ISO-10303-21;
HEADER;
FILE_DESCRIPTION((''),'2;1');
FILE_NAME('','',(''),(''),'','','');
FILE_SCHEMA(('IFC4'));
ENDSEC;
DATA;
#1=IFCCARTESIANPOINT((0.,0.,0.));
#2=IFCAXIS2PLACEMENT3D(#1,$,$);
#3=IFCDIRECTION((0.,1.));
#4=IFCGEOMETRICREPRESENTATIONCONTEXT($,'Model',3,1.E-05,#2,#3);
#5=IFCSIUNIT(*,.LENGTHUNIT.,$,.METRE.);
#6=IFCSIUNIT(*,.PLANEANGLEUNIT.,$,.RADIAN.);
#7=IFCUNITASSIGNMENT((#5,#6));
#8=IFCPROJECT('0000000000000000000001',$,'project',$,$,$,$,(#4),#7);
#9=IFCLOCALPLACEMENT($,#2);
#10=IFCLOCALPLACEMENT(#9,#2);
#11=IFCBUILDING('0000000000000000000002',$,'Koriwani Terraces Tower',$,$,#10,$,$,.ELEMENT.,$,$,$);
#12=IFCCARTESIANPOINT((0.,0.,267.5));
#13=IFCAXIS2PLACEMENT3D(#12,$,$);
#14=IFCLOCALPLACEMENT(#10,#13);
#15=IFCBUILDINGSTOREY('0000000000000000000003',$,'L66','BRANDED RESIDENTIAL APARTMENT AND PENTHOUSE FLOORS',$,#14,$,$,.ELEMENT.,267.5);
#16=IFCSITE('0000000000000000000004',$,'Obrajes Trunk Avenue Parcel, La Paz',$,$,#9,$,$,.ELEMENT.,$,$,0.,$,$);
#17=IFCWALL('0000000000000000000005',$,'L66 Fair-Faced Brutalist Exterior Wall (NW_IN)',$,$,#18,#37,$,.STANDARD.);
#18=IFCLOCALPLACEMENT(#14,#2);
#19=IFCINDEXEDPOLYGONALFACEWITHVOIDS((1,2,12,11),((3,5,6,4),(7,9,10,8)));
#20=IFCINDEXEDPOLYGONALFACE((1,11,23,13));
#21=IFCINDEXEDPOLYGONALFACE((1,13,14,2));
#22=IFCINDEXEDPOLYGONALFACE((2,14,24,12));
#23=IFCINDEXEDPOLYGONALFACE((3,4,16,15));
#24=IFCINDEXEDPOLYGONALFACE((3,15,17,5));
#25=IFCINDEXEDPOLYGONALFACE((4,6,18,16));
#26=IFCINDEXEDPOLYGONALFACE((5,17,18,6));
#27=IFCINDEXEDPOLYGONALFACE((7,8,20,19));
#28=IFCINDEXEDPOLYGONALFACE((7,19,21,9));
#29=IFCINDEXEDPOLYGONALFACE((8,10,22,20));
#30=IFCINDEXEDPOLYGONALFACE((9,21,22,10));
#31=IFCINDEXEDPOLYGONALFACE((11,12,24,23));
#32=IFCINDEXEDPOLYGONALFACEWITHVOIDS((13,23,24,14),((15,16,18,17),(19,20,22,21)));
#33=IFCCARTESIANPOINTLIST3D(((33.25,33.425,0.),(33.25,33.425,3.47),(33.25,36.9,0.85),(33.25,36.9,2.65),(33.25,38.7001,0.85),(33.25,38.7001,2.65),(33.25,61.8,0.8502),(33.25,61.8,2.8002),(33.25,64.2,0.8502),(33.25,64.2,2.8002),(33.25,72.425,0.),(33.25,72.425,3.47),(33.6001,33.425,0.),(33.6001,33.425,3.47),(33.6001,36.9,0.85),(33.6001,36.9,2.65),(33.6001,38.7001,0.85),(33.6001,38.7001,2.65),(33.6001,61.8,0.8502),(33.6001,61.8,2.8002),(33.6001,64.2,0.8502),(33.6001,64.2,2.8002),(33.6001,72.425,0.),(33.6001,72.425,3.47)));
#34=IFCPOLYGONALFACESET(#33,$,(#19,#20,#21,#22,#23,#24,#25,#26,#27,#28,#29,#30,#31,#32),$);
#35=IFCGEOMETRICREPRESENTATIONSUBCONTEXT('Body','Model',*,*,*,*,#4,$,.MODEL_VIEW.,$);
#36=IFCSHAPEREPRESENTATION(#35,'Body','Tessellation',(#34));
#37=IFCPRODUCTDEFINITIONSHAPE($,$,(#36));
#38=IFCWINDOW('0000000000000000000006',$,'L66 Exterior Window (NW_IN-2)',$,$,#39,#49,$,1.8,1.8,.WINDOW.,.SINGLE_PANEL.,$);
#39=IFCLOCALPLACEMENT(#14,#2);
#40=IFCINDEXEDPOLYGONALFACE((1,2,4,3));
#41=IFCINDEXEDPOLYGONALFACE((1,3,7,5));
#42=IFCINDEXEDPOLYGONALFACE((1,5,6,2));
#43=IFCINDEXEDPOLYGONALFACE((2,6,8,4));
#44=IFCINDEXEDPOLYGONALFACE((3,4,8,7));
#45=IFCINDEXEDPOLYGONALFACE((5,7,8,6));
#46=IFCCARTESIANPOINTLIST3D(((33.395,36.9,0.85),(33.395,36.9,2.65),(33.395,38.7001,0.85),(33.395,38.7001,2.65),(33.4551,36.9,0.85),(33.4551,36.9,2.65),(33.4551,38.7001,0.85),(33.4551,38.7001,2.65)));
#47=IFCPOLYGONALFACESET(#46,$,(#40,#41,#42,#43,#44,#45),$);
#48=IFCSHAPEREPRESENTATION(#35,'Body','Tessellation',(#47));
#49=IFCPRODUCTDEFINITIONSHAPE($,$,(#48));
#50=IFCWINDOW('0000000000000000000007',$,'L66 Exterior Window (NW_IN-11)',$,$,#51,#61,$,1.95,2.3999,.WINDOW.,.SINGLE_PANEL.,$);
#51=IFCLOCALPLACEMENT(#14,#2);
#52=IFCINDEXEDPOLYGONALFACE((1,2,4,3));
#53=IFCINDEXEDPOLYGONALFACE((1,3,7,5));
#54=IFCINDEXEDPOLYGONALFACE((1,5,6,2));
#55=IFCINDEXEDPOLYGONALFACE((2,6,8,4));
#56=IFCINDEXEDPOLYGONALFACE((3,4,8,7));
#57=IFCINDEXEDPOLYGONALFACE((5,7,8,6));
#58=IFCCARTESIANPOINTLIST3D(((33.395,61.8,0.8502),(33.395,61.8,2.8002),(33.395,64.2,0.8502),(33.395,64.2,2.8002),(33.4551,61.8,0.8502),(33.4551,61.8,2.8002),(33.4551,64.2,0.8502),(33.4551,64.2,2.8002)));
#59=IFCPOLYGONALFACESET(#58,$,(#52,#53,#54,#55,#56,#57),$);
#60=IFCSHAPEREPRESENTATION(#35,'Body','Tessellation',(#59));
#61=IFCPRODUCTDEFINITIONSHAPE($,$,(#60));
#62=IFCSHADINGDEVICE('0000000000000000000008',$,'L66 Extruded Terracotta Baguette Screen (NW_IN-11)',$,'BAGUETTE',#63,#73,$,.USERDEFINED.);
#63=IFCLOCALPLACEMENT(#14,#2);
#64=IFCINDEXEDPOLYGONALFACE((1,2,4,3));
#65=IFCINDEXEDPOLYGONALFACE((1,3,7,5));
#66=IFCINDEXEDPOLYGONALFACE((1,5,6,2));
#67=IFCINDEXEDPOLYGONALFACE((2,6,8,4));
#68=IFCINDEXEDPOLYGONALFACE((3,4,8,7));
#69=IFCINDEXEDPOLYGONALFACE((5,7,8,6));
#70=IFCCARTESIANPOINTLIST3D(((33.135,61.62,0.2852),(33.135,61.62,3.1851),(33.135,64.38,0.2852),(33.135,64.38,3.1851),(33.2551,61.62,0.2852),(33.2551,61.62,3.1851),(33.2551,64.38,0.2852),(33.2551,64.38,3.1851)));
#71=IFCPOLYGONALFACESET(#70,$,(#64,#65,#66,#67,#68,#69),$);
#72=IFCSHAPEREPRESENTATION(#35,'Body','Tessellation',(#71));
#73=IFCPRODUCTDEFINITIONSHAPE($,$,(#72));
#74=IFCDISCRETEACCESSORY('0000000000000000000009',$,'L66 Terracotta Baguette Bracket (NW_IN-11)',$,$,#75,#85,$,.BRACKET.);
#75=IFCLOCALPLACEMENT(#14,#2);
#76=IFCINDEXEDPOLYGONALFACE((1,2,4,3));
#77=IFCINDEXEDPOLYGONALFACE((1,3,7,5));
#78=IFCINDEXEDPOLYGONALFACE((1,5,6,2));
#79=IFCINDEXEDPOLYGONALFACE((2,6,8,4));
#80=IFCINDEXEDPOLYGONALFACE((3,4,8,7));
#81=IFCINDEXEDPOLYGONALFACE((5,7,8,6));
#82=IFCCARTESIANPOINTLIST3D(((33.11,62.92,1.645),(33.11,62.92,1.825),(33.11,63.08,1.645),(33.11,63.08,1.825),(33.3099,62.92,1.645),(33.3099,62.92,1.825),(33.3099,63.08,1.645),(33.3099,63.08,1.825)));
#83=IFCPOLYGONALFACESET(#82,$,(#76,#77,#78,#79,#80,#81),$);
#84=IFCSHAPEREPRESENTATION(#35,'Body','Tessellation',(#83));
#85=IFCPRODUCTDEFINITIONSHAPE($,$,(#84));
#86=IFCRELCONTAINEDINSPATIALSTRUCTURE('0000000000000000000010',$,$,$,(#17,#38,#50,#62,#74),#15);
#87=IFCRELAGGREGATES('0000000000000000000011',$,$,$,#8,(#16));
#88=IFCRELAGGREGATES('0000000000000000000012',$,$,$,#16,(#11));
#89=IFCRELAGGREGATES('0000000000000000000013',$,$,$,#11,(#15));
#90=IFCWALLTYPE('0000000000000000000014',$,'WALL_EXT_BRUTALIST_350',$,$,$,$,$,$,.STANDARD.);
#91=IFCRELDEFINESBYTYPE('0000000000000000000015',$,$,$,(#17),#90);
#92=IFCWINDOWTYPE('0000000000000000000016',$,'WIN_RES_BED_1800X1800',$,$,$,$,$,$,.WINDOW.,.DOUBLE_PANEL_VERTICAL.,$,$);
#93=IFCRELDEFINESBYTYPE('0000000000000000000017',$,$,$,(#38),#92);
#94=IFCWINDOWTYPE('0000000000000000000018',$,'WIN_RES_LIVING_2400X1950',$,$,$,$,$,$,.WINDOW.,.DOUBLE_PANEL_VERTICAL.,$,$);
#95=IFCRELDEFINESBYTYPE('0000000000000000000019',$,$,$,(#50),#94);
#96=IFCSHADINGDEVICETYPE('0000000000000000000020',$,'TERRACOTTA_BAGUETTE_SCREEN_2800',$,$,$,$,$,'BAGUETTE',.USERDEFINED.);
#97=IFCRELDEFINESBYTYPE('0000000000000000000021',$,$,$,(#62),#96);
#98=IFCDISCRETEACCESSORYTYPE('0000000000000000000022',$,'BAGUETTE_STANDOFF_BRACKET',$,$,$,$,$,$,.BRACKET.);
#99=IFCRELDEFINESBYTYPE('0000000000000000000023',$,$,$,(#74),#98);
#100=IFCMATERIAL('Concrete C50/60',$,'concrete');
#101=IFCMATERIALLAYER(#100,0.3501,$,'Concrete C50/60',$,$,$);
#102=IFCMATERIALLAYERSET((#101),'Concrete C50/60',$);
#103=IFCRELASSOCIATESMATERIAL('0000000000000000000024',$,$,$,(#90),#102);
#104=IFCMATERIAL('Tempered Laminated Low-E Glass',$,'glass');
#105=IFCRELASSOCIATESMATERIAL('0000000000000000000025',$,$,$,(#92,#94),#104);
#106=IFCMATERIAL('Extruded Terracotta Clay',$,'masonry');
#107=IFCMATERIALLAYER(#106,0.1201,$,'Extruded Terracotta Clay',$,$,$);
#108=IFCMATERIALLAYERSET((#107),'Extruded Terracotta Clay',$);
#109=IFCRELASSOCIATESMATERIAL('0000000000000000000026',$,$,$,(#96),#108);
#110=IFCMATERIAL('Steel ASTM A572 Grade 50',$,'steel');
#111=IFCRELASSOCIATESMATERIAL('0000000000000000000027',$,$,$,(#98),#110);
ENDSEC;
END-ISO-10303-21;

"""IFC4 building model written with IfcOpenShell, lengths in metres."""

from ifc_helpers import new_model, si_unit, direction, frame, frame_2d, origin, origin_2d, place, context, subcontext, project, spatial, rectangle, extrude, material, layer, layer_set, type_object, element, fill, save


model = new_model("IFC4")

# Units and contexts
model_context = context("Model", 3, precision=1e-05, world=origin(), true_north=direction((0.0, 1.0)))
body_context = subcontext(model_context, "Body", "Model", "MODEL_VIEW")
ifc_project = project(units=[si_unit("LENGTHUNIT", "METRE"), si_unit("PLANEANGLEUNIT", "RADIAN")], contexts=[model_context])

# Site, building, storey
site_placement = place(None, origin())
site = spatial("IfcSite", under=ifc_project, at=site_placement, Name="Obrajes Trunk Avenue Parcel, La Paz", CompositionType="ELEMENT", RefElevation=0.0)
building_placement = place(site_placement, origin())
building = spatial("IfcBuilding", under=site, at=building_placement, Name="Koriwani Terraces Tower", CompositionType="ELEMENT")
storey_placement = place(building_placement, frame((0.0, 0.0, 267.5)))
storey = spatial("IfcBuildingStorey", under=building, at=storey_placement, Name="L66", Description="BRANDED RESIDENTIAL APARTMENT AND PENTHOUSE FLOORS", CompositionType="ELEMENT", Elevation=267.5)

# Shared definitions
ifc_material_1 = material(Name="Concrete C50/60", Category="concrete")

# Shared definitions
ifc_material_2 = material(Name="Steel ASTM A572 Grade 50", Category="steel")

# Shared definitions
ifc_material_3 = material(Name="Tempered Laminated Low-E Glass", Category="glass")

# Shared definitions
ifc_layer_1 = layer(ifc_material_1, 0.3501, Name="Concrete C50/60")
ifc_layer_set_1 = layer_set([ifc_layer_1], Name="Concrete C50/60")
wall_type_1 = type_object("IfcWallType", Name="WALL_EXT_BRUTALIST_350", PredefinedType="STANDARD", material=ifc_layer_set_1)

# Shared definitions
window_type_1 = type_object("IfcWindowType", Name="WIN_RES_BED_1800X1800", PartitioningType="DOUBLE_PANEL_VERTICAL", PredefinedType="WINDOW", material=ifc_material_3)

# Wall, openings, windows
wall_1_placement = place(storey_placement, frame((33.425, 72.425, 0.0), z_axis=(0.0, 0.0, 1.0), x_axis=(0.0, -1.0, 0.0)))
wall_1 = element("IfcWall", 1, at=wall_1_placement, inside=storey, type_object=wall_type_1, Name="L66 Fair-Faced Brutalist Exterior Wall (NW_IN)", PredefinedType="STANDARD", context=body_context, shape_type="SweptSolid", body=[
    extrude(rectangle(XDim=39.0, YDim=0.3501, at=frame_2d((19.5, 0.0))), origin(), (0.0, 0.0, 1.0), 3.47),
])
opening_1_placement = place(wall_1_placement, frame((33.7251, 0.0, 0.8501)))
opening_1 = element("IfcOpeningElement", 2, at=opening_1_placement, cuts=wall_1, PredefinedType="OPENING", context=body_context, shape_type="SweptSolid", body=[
    extrude(rectangle(XDim=1.8, YDim=1.8, at=frame_2d((0.8999, 0.8999))), frame((0.0, 0.1851, 0.0), z_axis=(0.0, -1.0, 0.0), x_axis=(1.0, 0.0, 0.0)), (0.0, 0.0, 1.0), 0.3701),
])
opening_2_placement = place(wall_1_placement, frame((8.2251, 0.0, 0.8501)))
opening_2 = element("IfcOpeningElement", 3, at=opening_2_placement, cuts=wall_1, PredefinedType="OPENING", context=body_context, shape_type="SweptSolid", body=[
    extrude(rectangle(XDim=2.3999, YDim=1.95, at=frame_2d((1.2, 0.9751))), frame((0.0, 0.1851, 0.0), z_axis=(0.0, -1.0, 0.0), x_axis=(1.0, 0.0, 0.0)), (0.0, 0.0, 1.0), 0.3701),
])
window_1_placement = place(opening_1_placement, origin())
window_1 = element("IfcWindow", 4, at=window_1_placement, inside=storey, type_object=window_type_1, Name="L66 Exterior Window (NW_IN-2)", OverallHeight=1.8, OverallWidth=1.8, PartitioningType="SINGLE_PANEL", PredefinedType="WINDOW", context=body_context, shape_type="SweptSolid", body=[
    extrude(rectangle(XDim=1.8, YDim=1.8, at=frame_2d((0.8999, 0.8999))), frame((0.0, 0.03, 0.0), z_axis=(0.0, -1.0, 0.0), x_axis=(1.0, 0.0, 0.0)), (0.0, 0.0, 1.0), 0.0601),
])
fill(opening_1, window_1)
window_type_2 = type_object("IfcWindowType", Name="WIN_RES_LIVING_2400X1950", PartitioningType="DOUBLE_PANEL_VERTICAL", PredefinedType="WINDOW", material=ifc_material_3)
window_2_placement = place(opening_2_placement, origin())
window_2 = element("IfcWindow", 5, at=window_2_placement, inside=storey, type_object=window_type_2, Name="L66 Exterior Window (NW_IN-11)", OverallHeight=1.95, OverallWidth=2.3999, PartitioningType="SINGLE_PANEL", PredefinedType="WINDOW", context=body_context, shape_type="SweptSolid", body=[
    extrude(rectangle(XDim=2.3999, YDim=1.95, at=frame_2d((1.2, 0.9751))), frame((0.0, 0.03, 0.0), z_axis=(0.0, -1.0, 0.0), x_axis=(1.0, 0.0, 0.0)), (0.0, 0.0, 1.0), 0.0601),
])
fill(opening_2, window_2)

# Shading device
ifc_material_4 = material(Name="Extruded Terracotta Clay", Category="masonry")
ifc_layer_2 = layer(ifc_material_4, 0.1201, Name="Extruded Terracotta Clay")
ifc_layer_set_2 = layer_set([ifc_layer_2], Name="Extruded Terracotta Clay")
shading_device_type = type_object("IfcShadingDeviceType", Name="TERRACOTTA_BAGUETTE_SCREEN_2800", ElementType="BAGUETTE", PredefinedType="USERDEFINED", material=ifc_layer_set_2)
shading_device_placement = place(storey_placement, frame((33.1951, 63.0, 0.2852), z_axis=(0.0, 0.0, 1.0), x_axis=(0.0, -1.0, 0.0)))
element("IfcShadingDevice", 6, at=shading_device_placement, inside=storey, type_object=shading_device_type, Name="L66 Extruded Terracotta Baguette Screen (NW_IN-11)", ObjectType="BAGUETTE", PredefinedType="USERDEFINED", context=body_context, shape_type="SweptSolid", body=[
    extrude(rectangle(XDim=2.76, YDim=0.1201, at=origin_2d()), origin(), (0.0, 0.0, 1.0), 2.8999),
])

# Discrete accessory
discrete_accessory_type = type_object("IfcDiscreteAccessoryType", Name="BAGUETTE_STANDOFF_BRACKET", PredefinedType="BRACKET", material=ifc_material_2)
discrete_accessory_placement = place(storey_placement, frame((33.21, 63.0, 1.645), z_axis=(0.0, 0.0, 1.0), x_axis=(0.0, -1.0, 0.0)))
element("IfcDiscreteAccessory", 7, at=discrete_accessory_placement, inside=storey, type_object=discrete_accessory_type, Name="L66 Terracotta Baguette Bracket (NW_IN-11)", PredefinedType="BRACKET", context=body_context, shape_type="SweptSolid", body=[
    extrude(rectangle(XDim=0.1599, YDim=0.2, at=origin_2d()), origin(), (0.0, 0.0, 1.0), 0.1799),
])

save(model, "model.ifc")
